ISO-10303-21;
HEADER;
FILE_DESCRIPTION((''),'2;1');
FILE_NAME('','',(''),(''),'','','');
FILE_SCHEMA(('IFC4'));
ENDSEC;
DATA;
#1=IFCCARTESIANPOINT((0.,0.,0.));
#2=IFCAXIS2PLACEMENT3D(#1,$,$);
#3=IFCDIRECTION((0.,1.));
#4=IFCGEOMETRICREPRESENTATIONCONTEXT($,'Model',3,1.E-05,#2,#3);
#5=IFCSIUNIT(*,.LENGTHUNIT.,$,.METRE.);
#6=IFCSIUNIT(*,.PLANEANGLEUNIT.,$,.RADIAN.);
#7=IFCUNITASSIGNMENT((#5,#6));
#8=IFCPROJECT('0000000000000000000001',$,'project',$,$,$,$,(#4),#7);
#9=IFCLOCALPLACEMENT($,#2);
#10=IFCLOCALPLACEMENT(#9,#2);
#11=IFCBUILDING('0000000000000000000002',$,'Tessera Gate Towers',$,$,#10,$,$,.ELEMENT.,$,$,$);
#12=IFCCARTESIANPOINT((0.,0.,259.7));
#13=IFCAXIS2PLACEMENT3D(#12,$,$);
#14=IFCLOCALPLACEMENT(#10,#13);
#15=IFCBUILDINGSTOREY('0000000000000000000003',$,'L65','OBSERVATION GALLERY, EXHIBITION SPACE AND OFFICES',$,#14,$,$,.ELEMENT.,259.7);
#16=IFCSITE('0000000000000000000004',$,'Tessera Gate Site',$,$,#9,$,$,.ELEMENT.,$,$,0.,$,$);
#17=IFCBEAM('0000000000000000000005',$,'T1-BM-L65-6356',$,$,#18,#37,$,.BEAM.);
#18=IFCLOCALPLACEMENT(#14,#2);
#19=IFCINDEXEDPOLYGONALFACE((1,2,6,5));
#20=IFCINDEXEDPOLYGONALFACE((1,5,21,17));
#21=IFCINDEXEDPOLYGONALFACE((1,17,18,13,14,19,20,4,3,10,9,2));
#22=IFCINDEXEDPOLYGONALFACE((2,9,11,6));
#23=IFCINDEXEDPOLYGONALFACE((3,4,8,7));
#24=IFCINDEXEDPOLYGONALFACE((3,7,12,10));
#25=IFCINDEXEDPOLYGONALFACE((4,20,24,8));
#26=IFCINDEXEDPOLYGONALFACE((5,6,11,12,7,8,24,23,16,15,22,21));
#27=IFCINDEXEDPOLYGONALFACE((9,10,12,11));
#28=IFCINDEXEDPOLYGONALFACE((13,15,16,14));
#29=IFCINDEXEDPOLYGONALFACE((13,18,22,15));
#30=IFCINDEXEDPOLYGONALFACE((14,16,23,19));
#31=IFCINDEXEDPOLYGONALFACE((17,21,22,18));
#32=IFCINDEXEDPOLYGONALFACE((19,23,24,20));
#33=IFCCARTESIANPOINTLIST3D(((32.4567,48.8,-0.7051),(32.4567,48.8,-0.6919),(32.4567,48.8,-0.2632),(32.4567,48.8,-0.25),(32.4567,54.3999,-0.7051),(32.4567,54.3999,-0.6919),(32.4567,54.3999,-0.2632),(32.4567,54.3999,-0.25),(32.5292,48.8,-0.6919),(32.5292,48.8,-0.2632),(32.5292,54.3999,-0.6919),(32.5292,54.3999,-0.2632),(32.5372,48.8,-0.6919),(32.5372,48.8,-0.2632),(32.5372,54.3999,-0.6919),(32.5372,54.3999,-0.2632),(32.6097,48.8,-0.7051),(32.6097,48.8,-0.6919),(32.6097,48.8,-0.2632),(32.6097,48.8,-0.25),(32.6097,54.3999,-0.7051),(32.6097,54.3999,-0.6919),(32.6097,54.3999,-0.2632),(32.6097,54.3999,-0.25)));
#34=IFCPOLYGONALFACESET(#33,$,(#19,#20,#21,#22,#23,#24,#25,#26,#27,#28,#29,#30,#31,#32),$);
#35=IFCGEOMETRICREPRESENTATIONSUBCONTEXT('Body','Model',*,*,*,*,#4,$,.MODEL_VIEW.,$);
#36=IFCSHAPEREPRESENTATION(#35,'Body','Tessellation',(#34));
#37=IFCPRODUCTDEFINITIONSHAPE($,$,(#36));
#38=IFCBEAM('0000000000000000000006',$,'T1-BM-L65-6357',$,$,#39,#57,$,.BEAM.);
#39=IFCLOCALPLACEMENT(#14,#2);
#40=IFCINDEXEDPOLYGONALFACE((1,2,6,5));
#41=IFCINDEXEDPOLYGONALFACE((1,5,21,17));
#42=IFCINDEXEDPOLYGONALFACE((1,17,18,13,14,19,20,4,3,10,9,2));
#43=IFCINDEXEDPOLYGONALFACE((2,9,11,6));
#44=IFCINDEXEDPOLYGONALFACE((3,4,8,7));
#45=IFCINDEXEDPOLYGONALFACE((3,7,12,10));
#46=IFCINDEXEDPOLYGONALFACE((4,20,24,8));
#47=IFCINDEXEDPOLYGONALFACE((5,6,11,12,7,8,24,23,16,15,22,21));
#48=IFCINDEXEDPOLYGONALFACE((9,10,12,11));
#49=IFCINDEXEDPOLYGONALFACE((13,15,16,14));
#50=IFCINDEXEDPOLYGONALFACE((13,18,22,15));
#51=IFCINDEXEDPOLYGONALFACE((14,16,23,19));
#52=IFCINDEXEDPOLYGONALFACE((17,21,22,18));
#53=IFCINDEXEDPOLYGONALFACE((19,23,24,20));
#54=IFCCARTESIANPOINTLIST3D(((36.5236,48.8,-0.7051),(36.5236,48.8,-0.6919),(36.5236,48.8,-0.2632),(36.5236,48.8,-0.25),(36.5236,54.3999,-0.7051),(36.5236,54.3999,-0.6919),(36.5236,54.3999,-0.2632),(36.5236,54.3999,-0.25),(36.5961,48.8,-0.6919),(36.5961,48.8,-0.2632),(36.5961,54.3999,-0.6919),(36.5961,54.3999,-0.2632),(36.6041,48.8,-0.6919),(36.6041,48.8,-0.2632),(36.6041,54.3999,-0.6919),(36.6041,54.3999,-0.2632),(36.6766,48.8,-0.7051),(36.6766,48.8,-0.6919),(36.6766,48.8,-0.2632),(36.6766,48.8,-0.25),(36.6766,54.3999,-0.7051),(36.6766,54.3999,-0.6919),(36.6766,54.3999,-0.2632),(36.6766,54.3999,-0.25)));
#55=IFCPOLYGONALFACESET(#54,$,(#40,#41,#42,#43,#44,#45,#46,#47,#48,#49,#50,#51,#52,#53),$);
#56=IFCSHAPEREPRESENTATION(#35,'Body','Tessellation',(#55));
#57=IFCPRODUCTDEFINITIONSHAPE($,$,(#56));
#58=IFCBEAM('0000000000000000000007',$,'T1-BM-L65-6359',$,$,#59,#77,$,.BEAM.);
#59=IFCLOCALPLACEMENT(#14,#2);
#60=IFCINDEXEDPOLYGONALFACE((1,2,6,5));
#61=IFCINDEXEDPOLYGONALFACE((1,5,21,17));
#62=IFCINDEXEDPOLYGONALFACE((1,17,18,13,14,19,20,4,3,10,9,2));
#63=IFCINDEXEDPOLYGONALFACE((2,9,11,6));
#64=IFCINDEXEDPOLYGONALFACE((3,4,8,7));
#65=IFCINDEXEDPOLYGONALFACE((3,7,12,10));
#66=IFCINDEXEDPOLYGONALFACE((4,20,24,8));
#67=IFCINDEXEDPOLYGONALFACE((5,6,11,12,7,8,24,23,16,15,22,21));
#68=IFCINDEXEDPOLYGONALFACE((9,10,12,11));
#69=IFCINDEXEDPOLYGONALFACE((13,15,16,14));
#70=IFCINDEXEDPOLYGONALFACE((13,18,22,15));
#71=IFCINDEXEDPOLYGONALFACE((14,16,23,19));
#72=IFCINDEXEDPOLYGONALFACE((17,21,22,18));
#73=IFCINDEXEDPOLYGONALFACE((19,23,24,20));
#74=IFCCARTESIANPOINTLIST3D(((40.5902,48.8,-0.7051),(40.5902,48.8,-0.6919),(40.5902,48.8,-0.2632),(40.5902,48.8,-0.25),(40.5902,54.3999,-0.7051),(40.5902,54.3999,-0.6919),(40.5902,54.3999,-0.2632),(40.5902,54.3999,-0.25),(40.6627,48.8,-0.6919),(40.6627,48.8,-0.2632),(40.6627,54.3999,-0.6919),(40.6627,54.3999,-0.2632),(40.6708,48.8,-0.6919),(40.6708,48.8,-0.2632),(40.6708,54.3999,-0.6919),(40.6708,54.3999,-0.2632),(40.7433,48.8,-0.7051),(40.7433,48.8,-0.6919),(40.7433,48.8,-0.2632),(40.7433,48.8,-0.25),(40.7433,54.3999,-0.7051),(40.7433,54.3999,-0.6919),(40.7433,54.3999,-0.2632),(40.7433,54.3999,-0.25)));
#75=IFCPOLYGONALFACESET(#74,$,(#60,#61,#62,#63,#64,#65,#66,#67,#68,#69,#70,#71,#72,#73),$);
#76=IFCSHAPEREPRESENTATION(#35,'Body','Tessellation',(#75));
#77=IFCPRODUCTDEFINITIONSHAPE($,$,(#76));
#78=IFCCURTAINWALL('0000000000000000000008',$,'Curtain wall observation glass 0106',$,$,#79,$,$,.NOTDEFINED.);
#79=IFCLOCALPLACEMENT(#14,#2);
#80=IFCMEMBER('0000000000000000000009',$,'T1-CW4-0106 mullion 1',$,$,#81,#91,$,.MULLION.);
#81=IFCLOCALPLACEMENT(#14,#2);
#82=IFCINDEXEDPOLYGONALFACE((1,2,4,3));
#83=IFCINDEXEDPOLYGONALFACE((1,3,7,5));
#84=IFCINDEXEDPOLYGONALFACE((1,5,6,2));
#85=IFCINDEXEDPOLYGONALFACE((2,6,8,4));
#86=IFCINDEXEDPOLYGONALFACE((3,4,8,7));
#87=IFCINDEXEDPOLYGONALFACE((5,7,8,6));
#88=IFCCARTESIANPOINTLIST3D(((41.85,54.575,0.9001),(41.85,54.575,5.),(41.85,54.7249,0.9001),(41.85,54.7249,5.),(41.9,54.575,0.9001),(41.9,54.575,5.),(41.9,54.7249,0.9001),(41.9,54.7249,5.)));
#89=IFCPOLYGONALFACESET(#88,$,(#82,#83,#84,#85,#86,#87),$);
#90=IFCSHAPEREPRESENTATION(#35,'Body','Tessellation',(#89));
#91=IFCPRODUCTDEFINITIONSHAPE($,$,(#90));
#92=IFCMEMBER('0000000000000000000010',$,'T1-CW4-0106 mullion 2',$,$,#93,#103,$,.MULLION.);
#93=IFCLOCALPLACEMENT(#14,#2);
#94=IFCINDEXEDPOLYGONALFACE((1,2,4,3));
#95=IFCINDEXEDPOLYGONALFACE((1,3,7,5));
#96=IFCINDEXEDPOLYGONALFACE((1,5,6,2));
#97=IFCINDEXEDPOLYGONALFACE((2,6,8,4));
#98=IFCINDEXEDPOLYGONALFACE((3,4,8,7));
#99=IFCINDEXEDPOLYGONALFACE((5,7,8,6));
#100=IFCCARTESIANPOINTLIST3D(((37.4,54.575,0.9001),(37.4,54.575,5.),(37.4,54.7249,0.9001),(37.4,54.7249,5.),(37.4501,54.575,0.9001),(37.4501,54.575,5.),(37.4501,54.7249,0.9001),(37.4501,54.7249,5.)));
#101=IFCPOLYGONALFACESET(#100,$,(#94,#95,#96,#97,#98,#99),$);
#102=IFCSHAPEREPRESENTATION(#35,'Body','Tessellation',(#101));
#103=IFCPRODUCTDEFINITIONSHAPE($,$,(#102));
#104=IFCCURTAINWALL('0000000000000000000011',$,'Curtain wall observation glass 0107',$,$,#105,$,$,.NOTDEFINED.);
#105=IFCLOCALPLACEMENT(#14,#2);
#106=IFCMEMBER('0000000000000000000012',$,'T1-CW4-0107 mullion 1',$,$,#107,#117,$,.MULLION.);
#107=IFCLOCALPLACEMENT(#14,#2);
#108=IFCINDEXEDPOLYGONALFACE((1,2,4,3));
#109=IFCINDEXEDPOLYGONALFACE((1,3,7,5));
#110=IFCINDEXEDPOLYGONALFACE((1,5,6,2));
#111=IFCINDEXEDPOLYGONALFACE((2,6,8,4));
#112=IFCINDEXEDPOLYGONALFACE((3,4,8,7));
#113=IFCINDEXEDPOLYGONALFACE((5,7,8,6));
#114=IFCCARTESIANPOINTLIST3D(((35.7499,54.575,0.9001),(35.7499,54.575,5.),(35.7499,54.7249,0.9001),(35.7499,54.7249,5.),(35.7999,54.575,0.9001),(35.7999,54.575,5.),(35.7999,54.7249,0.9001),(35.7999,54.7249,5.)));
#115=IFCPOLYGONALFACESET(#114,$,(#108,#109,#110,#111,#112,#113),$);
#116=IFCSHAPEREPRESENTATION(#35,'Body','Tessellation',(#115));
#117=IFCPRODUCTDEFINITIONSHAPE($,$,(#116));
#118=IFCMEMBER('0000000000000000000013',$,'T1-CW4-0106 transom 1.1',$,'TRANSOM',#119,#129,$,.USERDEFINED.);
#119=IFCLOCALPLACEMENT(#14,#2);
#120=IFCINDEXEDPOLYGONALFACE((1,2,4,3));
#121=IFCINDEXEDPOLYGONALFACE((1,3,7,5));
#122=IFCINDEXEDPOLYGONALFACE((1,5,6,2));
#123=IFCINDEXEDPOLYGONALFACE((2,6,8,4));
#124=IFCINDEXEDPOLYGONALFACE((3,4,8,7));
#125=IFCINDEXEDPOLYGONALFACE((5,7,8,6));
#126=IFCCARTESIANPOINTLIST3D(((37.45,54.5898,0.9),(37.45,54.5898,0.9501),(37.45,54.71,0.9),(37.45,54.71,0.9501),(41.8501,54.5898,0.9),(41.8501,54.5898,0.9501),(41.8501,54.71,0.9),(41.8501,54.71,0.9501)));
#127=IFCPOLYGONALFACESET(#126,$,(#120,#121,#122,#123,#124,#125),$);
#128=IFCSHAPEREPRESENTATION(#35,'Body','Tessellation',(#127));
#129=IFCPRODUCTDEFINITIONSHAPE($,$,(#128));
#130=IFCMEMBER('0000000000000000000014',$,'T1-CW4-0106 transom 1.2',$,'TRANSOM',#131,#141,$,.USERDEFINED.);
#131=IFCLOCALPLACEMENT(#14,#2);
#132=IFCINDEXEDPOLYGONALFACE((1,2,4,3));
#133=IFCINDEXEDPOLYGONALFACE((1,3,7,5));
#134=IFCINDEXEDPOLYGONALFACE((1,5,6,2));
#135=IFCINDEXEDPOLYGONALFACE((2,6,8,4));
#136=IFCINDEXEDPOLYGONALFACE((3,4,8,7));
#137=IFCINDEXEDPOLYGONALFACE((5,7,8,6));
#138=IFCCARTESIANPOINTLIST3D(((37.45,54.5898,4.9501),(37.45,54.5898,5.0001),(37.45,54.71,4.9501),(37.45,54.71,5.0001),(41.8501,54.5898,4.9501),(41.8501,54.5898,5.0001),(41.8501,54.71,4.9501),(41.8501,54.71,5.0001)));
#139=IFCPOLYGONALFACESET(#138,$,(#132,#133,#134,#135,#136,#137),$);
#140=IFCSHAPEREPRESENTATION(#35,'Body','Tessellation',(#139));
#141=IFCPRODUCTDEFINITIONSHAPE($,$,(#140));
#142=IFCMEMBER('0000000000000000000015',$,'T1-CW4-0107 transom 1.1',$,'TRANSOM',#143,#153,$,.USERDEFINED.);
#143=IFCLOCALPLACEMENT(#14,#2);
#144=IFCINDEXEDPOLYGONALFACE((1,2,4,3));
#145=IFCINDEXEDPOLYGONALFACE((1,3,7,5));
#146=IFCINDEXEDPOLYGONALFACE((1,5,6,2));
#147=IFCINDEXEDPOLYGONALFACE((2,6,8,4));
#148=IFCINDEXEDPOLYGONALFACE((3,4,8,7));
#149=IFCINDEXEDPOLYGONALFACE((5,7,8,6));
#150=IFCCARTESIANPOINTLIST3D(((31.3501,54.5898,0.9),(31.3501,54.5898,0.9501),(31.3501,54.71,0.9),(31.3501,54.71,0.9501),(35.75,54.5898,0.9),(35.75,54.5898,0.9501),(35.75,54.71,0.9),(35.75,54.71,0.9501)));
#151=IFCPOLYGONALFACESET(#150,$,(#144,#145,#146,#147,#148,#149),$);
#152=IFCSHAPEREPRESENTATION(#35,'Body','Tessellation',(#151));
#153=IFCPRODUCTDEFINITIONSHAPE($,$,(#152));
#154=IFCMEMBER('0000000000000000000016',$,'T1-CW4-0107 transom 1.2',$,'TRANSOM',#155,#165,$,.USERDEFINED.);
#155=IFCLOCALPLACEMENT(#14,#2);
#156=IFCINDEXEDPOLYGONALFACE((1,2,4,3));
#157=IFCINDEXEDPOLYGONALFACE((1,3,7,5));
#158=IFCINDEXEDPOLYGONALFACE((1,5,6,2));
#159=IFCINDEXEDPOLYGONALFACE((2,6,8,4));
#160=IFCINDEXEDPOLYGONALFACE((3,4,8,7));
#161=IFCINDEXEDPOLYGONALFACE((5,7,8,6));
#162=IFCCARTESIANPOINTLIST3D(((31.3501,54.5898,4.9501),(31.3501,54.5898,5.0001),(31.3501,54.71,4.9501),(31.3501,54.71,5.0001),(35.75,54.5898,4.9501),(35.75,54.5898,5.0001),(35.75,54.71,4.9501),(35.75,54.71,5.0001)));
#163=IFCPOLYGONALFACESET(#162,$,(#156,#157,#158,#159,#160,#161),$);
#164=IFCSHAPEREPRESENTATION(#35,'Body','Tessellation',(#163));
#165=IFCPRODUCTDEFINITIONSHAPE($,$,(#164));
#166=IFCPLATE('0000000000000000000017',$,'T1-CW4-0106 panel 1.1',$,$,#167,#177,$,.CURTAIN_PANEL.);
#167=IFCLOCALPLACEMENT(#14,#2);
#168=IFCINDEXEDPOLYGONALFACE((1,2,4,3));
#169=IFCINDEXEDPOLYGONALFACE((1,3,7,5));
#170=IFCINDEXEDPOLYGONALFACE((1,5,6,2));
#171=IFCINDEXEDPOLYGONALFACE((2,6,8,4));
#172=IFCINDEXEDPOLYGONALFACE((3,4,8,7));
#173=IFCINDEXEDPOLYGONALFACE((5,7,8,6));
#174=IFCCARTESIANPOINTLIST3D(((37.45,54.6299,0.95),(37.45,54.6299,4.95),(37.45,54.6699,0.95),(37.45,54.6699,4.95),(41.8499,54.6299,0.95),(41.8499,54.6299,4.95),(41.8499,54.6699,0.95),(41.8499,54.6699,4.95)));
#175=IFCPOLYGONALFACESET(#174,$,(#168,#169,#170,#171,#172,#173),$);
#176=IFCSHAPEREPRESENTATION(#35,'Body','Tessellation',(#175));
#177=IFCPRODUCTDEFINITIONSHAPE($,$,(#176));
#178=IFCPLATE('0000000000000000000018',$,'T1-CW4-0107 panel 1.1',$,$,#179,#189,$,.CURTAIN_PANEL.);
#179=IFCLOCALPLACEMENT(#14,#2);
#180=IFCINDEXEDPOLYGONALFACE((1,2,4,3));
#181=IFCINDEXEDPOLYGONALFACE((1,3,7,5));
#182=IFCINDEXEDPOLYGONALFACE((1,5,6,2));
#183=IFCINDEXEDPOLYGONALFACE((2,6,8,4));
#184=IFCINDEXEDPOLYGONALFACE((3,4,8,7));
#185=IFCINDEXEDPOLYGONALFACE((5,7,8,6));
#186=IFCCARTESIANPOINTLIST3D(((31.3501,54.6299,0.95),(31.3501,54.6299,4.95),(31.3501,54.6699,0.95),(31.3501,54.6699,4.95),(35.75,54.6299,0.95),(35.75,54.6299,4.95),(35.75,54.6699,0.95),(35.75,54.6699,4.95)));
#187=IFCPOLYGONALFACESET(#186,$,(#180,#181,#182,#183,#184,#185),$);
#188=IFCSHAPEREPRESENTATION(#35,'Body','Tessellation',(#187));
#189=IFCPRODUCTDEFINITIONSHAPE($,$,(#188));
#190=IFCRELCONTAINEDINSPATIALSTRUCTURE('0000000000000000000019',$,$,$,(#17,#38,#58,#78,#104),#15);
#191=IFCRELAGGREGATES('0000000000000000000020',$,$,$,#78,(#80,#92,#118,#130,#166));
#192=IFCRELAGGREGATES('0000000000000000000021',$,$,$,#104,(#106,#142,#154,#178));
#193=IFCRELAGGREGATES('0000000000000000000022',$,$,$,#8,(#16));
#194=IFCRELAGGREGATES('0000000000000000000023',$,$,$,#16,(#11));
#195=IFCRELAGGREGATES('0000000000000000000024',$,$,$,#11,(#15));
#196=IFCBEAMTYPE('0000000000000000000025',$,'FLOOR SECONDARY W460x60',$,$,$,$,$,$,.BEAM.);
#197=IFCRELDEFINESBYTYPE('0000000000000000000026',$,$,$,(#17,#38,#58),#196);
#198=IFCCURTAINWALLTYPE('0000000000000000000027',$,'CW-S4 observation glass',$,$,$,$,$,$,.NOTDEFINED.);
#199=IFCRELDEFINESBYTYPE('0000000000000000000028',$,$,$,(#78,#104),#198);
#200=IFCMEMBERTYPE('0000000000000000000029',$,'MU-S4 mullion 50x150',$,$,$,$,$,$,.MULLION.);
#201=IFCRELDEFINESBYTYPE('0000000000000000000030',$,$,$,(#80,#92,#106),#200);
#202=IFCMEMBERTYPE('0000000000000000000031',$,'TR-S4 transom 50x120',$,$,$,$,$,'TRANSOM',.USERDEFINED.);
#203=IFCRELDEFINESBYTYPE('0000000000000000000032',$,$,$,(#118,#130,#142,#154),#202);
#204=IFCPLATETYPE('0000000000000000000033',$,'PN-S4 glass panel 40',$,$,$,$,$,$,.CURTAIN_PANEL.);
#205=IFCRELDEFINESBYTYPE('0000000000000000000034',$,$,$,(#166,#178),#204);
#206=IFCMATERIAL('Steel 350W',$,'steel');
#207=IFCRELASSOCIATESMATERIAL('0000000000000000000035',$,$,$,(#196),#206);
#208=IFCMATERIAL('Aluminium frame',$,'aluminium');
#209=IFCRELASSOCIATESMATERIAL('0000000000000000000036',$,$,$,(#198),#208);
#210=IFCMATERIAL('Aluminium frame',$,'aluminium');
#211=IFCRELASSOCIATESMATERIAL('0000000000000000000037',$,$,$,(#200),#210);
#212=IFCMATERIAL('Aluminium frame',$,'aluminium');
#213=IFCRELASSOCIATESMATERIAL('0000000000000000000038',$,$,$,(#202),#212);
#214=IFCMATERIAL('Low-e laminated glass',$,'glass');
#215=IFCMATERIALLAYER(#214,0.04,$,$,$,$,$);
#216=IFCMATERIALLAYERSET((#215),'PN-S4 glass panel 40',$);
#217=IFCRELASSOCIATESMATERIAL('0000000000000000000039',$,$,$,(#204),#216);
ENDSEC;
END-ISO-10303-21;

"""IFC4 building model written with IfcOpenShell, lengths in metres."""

from ifc_helpers import new_model, si_unit, direction, frame, origin, origin_2d, place, context, subcontext, project, spatial, rectangle, i_section, extrude, material, layer, layer_set, material_profile, profile_set, type_object, element, aggregate, save


model = new_model("IFC4")

# Units and contexts
model_context = context("Model", 3, precision=1e-05, world=origin(), true_north=direction((0.0, 1.0)))
body_context = subcontext(model_context, "Body", "Model", "MODEL_VIEW")
ifc_project = project(units=[si_unit("LENGTHUNIT", "METRE"), si_unit("PLANEANGLEUNIT", "RADIAN")], contexts=[model_context])

# Site, building, storey
site_placement = place(None, origin())
site = spatial("IfcSite", under=ifc_project, at=site_placement, Name="Tessera Gate Site", CompositionType="ELEMENT", RefElevation=0.0)
building_placement = place(site_placement, origin())
building = spatial("IfcBuilding", under=site, at=building_placement, Name="Tessera Gate Towers", CompositionType="ELEMENT")
storey_placement = place(building_placement, frame((0.0, 0.0, 259.7)))
storey = spatial("IfcBuildingStorey", under=building, at=storey_placement, Name="L65", Description="OBSERVATION GALLERY, EXHIBITION SPACE AND OFFICES", CompositionType="ELEMENT", Elevation=259.7)

# Beams
ifc_material_1 = material(Name="Steel 350W", Category="steel")
ifc_material_profile_1 = material_profile(ifc_material_1, i_section(OverallWidth=0.1531, OverallDepth=0.4551, WebThickness=0.0081, FlangeThickness=0.0132, at=origin_2d()), Name="W460x60")
ifc_profile_set_1 = profile_set([ifc_material_profile_1], Name="Steel 350W")
beam_type = type_object("IfcBeamType", Name="FLOOR SECONDARY W460x60", PredefinedType="BEAM", material=ifc_profile_set_1)
for number, where, z_axis, x_axis, name in (
    (1, (32.5332, 48.8, -0.4775), (0.0, 1.0, 0.0), (-1.0, 0.0, 0.0), "T1-BM-L65-6356"),
    (2, (36.6001, 48.8, -0.4775), (0.0, 1.0, 0.0), (-1.0, 0.0, 0.0), "T1-BM-L65-6357"),
    (3, (40.6667, 48.8, -0.4775), (0.0, 1.0, 0.0), (-1.0, 0.0, 0.0), "T1-BM-L65-6359"),
):
    element("IfcBeam", number, at=place(storey_placement, frame(where, z_axis=z_axis, x_axis=x_axis)), inside=storey, type_object=beam_type, Name=name, PredefinedType="BEAM", context=body_context, shape_type="SweptSolid", body=[
        extrude(i_section(OverallWidth=0.1531, OverallDepth=0.4551, WebThickness=0.0081, FlangeThickness=0.0132, at=origin_2d()), origin(), (0.0, 0.0, 1.0), 5.5999),
    ])

# Curtain wall, members
ifc_material_2 = material(Name="Aluminium frame", Category="aluminium")
curtain_wall_type = type_object("IfcCurtainWallType", Name="CW-S4 observation glass", PredefinedType="NOTDEFINED", material=ifc_material_2)
curtain_wall_1_placement = place(storey_placement, origin())
curtain_wall_1 = element("IfcCurtainWall", 4, at=curtain_wall_1_placement, inside=storey, type_object=curtain_wall_type, Name="Curtain wall observation glass 0106", PredefinedType="NOTDEFINED")
ifc_material_3 = material(Name="Aluminium frame", Category="aluminium")
ifc_material_profile_2 = material_profile(ifc_material_3, rectangle(XDim=0.05, YDim=0.1499, at=origin_2d()), Name="AL 50x150")
ifc_profile_set_2 = profile_set([ifc_material_profile_2], Name="Aluminium frame")
member_type_1 = type_object("IfcMemberType", Name="MU-S4 mullion 50x150", PredefinedType="MULLION", material=ifc_profile_set_2)
member_1_placement = place(storey_placement, frame((41.875, 54.6499, 0.9001), z_axis=(0.0, 0.0, 1.0), x_axis=(-1.0, 0.0, 0.0)))
member_1 = element("IfcMember", 5, at=member_1_placement, type_object=member_type_1, Name="T1-CW4-0106 mullion 1", PredefinedType="MULLION", context=body_context, shape_type="SweptSolid", body=[
    extrude(rectangle(XDim=0.05, YDim=0.1499, at=origin_2d()), origin(), (0.0, 0.0, 1.0), 4.0999),
])
member_2_placement = place(storey_placement, frame((37.425, 54.6499, 0.9001), z_axis=(0.0, 0.0, 1.0), x_axis=(-1.0, 0.0, 0.0)))
member_2 = element("IfcMember", 6, at=member_2_placement, type_object=member_type_1, Name="T1-CW4-0106 mullion 2", PredefinedType="MULLION", context=body_context, shape_type="SweptSolid", body=[
    extrude(rectangle(XDim=0.05, YDim=0.1499, at=origin_2d()), origin(), (0.0, 0.0, 1.0), 4.0999),
])

# Curtain wall, member
curtain_wall_2_placement = place(storey_placement, origin())
curtain_wall_2 = element("IfcCurtainWall", 7, at=curtain_wall_2_placement, inside=storey, type_object=curtain_wall_type, Name="Curtain wall observation glass 0107", PredefinedType="NOTDEFINED")
member_3_placement = place(storey_placement, frame((35.7749, 54.6499, 0.9001), z_axis=(0.0, 0.0, 1.0), x_axis=(-1.0, 0.0, 0.0)))
member_3 = element("IfcMember", 8, at=member_3_placement, type_object=member_type_1, Name="T1-CW4-0107 mullion 1", PredefinedType="MULLION", context=body_context, shape_type="SweptSolid", body=[
    extrude(rectangle(XDim=0.05, YDim=0.1499, at=origin_2d()), origin(), (0.0, 0.0, 1.0), 4.0999),
])

# Members
ifc_material_4 = material(Name="Aluminium frame", Category="aluminium")
ifc_material_profile_3 = material_profile(ifc_material_4, rectangle(XDim=0.1201, YDim=0.05, at=origin_2d()), Name="AL 50x120")
ifc_profile_set_3 = profile_set([ifc_material_profile_3], Name="Aluminium frame")
member_type_2 = type_object("IfcMemberType", Name="TR-S4 transom 50x120", ElementType="TRANSOM", PredefinedType="USERDEFINED", material=ifc_profile_set_3)
member_4_placement = place(storey_placement, frame((41.8501, 54.6499, 0.925), z_axis=(-1.0, 0.0, 0.0), x_axis=(0.0, -1.0, 0.0)))
member_4 = element("IfcMember", 9, at=member_4_placement, type_object=member_type_2, Name="T1-CW4-0106 transom 1.1", ObjectType="TRANSOM", PredefinedType="USERDEFINED", context=body_context, shape_type="SweptSolid", body=[
    extrude(rectangle(XDim=0.1201, YDim=0.05, at=origin_2d()), origin(), (0.0, 0.0, 1.0), 4.4001),
])
member_5_placement = place(storey_placement, frame((41.8501, 54.6499, 4.9751), z_axis=(-1.0, 0.0, 0.0), x_axis=(0.0, -1.0, 0.0)))
member_5 = element("IfcMember", 10, at=member_5_placement, type_object=member_type_2, Name="T1-CW4-0106 transom 1.2", ObjectType="TRANSOM", PredefinedType="USERDEFINED", context=body_context, shape_type="SweptSolid", body=[
    extrude(rectangle(XDim=0.1201, YDim=0.05, at=origin_2d()), origin(), (0.0, 0.0, 1.0), 4.4001),
])
member_6_placement = place(storey_placement, frame((35.75, 54.6499, 0.925), z_axis=(-1.0, 0.0, 0.0), x_axis=(0.0, -1.0, 0.0)))
member_6 = element("IfcMember", 11, at=member_6_placement, type_object=member_type_2, Name="T1-CW4-0107 transom 1.1", ObjectType="TRANSOM", PredefinedType="USERDEFINED", context=body_context, shape_type="SweptSolid", body=[
    extrude(rectangle(XDim=0.1201, YDim=0.05, at=origin_2d()), origin(), (0.0, 0.0, 1.0), 4.3999),
])
member_7_placement = place(storey_placement, frame((35.75, 54.6499, 4.9751), z_axis=(-1.0, 0.0, 0.0), x_axis=(0.0, -1.0, 0.0)))
member_7 = element("IfcMember", 12, at=member_7_placement, type_object=member_type_2, Name="T1-CW4-0107 transom 1.2", ObjectType="TRANSOM", PredefinedType="USERDEFINED", context=body_context, shape_type="SweptSolid", body=[
    extrude(rectangle(XDim=0.1201, YDim=0.05, at=origin_2d()), origin(), (0.0, 0.0, 1.0), 4.3999),
])

# Plates
ifc_material_5 = material(Name="Low-e laminated glass", Category="glass")
ifc_layer_1 = layer(ifc_material_5, 0.04)
ifc_layer_set_1 = layer_set([ifc_layer_1], Name="PN-S4 glass panel 40")
plate_type = type_object("IfcPlateType", Name="PN-S4 glass panel 40", PredefinedType="CURTAIN_PANEL", material=ifc_layer_set_1)
plate_1_placement = place(storey_placement, frame((39.6499, 54.6499, 0.95), z_axis=(0.0, 0.0, 1.0), x_axis=(-1.0, 0.0, 0.0)))
plate_1 = element("IfcPlate", 13, at=plate_1_placement, type_object=plate_type, Name="T1-CW4-0106 panel 1.1", PredefinedType="CURTAIN_PANEL", context=body_context, shape_type="SweptSolid", body=[
    extrude(rectangle(XDim=4.3999, YDim=0.04, at=origin_2d()), origin(), (0.0, 0.0, 1.0), 4.0),
])
aggregate(curtain_wall_1, [member_1, member_2, member_4, member_5, plate_1])
plate_2_placement = place(storey_placement, frame((33.55, 54.6499, 0.95), z_axis=(0.0, 0.0, 1.0), x_axis=(-1.0, 0.0, 0.0)))
plate_2 = element("IfcPlate", 14, at=plate_2_placement, type_object=plate_type, Name="T1-CW4-0107 panel 1.1", PredefinedType="CURTAIN_PANEL", context=body_context, shape_type="SweptSolid", body=[
    extrude(rectangle(XDim=4.3999, YDim=0.04, at=origin_2d()), origin(), (0.0, 0.0, 1.0), 4.0),
])
aggregate(curtain_wall_2, [member_3, member_6, member_7, plate_2])

save(model, "model.ifc")
